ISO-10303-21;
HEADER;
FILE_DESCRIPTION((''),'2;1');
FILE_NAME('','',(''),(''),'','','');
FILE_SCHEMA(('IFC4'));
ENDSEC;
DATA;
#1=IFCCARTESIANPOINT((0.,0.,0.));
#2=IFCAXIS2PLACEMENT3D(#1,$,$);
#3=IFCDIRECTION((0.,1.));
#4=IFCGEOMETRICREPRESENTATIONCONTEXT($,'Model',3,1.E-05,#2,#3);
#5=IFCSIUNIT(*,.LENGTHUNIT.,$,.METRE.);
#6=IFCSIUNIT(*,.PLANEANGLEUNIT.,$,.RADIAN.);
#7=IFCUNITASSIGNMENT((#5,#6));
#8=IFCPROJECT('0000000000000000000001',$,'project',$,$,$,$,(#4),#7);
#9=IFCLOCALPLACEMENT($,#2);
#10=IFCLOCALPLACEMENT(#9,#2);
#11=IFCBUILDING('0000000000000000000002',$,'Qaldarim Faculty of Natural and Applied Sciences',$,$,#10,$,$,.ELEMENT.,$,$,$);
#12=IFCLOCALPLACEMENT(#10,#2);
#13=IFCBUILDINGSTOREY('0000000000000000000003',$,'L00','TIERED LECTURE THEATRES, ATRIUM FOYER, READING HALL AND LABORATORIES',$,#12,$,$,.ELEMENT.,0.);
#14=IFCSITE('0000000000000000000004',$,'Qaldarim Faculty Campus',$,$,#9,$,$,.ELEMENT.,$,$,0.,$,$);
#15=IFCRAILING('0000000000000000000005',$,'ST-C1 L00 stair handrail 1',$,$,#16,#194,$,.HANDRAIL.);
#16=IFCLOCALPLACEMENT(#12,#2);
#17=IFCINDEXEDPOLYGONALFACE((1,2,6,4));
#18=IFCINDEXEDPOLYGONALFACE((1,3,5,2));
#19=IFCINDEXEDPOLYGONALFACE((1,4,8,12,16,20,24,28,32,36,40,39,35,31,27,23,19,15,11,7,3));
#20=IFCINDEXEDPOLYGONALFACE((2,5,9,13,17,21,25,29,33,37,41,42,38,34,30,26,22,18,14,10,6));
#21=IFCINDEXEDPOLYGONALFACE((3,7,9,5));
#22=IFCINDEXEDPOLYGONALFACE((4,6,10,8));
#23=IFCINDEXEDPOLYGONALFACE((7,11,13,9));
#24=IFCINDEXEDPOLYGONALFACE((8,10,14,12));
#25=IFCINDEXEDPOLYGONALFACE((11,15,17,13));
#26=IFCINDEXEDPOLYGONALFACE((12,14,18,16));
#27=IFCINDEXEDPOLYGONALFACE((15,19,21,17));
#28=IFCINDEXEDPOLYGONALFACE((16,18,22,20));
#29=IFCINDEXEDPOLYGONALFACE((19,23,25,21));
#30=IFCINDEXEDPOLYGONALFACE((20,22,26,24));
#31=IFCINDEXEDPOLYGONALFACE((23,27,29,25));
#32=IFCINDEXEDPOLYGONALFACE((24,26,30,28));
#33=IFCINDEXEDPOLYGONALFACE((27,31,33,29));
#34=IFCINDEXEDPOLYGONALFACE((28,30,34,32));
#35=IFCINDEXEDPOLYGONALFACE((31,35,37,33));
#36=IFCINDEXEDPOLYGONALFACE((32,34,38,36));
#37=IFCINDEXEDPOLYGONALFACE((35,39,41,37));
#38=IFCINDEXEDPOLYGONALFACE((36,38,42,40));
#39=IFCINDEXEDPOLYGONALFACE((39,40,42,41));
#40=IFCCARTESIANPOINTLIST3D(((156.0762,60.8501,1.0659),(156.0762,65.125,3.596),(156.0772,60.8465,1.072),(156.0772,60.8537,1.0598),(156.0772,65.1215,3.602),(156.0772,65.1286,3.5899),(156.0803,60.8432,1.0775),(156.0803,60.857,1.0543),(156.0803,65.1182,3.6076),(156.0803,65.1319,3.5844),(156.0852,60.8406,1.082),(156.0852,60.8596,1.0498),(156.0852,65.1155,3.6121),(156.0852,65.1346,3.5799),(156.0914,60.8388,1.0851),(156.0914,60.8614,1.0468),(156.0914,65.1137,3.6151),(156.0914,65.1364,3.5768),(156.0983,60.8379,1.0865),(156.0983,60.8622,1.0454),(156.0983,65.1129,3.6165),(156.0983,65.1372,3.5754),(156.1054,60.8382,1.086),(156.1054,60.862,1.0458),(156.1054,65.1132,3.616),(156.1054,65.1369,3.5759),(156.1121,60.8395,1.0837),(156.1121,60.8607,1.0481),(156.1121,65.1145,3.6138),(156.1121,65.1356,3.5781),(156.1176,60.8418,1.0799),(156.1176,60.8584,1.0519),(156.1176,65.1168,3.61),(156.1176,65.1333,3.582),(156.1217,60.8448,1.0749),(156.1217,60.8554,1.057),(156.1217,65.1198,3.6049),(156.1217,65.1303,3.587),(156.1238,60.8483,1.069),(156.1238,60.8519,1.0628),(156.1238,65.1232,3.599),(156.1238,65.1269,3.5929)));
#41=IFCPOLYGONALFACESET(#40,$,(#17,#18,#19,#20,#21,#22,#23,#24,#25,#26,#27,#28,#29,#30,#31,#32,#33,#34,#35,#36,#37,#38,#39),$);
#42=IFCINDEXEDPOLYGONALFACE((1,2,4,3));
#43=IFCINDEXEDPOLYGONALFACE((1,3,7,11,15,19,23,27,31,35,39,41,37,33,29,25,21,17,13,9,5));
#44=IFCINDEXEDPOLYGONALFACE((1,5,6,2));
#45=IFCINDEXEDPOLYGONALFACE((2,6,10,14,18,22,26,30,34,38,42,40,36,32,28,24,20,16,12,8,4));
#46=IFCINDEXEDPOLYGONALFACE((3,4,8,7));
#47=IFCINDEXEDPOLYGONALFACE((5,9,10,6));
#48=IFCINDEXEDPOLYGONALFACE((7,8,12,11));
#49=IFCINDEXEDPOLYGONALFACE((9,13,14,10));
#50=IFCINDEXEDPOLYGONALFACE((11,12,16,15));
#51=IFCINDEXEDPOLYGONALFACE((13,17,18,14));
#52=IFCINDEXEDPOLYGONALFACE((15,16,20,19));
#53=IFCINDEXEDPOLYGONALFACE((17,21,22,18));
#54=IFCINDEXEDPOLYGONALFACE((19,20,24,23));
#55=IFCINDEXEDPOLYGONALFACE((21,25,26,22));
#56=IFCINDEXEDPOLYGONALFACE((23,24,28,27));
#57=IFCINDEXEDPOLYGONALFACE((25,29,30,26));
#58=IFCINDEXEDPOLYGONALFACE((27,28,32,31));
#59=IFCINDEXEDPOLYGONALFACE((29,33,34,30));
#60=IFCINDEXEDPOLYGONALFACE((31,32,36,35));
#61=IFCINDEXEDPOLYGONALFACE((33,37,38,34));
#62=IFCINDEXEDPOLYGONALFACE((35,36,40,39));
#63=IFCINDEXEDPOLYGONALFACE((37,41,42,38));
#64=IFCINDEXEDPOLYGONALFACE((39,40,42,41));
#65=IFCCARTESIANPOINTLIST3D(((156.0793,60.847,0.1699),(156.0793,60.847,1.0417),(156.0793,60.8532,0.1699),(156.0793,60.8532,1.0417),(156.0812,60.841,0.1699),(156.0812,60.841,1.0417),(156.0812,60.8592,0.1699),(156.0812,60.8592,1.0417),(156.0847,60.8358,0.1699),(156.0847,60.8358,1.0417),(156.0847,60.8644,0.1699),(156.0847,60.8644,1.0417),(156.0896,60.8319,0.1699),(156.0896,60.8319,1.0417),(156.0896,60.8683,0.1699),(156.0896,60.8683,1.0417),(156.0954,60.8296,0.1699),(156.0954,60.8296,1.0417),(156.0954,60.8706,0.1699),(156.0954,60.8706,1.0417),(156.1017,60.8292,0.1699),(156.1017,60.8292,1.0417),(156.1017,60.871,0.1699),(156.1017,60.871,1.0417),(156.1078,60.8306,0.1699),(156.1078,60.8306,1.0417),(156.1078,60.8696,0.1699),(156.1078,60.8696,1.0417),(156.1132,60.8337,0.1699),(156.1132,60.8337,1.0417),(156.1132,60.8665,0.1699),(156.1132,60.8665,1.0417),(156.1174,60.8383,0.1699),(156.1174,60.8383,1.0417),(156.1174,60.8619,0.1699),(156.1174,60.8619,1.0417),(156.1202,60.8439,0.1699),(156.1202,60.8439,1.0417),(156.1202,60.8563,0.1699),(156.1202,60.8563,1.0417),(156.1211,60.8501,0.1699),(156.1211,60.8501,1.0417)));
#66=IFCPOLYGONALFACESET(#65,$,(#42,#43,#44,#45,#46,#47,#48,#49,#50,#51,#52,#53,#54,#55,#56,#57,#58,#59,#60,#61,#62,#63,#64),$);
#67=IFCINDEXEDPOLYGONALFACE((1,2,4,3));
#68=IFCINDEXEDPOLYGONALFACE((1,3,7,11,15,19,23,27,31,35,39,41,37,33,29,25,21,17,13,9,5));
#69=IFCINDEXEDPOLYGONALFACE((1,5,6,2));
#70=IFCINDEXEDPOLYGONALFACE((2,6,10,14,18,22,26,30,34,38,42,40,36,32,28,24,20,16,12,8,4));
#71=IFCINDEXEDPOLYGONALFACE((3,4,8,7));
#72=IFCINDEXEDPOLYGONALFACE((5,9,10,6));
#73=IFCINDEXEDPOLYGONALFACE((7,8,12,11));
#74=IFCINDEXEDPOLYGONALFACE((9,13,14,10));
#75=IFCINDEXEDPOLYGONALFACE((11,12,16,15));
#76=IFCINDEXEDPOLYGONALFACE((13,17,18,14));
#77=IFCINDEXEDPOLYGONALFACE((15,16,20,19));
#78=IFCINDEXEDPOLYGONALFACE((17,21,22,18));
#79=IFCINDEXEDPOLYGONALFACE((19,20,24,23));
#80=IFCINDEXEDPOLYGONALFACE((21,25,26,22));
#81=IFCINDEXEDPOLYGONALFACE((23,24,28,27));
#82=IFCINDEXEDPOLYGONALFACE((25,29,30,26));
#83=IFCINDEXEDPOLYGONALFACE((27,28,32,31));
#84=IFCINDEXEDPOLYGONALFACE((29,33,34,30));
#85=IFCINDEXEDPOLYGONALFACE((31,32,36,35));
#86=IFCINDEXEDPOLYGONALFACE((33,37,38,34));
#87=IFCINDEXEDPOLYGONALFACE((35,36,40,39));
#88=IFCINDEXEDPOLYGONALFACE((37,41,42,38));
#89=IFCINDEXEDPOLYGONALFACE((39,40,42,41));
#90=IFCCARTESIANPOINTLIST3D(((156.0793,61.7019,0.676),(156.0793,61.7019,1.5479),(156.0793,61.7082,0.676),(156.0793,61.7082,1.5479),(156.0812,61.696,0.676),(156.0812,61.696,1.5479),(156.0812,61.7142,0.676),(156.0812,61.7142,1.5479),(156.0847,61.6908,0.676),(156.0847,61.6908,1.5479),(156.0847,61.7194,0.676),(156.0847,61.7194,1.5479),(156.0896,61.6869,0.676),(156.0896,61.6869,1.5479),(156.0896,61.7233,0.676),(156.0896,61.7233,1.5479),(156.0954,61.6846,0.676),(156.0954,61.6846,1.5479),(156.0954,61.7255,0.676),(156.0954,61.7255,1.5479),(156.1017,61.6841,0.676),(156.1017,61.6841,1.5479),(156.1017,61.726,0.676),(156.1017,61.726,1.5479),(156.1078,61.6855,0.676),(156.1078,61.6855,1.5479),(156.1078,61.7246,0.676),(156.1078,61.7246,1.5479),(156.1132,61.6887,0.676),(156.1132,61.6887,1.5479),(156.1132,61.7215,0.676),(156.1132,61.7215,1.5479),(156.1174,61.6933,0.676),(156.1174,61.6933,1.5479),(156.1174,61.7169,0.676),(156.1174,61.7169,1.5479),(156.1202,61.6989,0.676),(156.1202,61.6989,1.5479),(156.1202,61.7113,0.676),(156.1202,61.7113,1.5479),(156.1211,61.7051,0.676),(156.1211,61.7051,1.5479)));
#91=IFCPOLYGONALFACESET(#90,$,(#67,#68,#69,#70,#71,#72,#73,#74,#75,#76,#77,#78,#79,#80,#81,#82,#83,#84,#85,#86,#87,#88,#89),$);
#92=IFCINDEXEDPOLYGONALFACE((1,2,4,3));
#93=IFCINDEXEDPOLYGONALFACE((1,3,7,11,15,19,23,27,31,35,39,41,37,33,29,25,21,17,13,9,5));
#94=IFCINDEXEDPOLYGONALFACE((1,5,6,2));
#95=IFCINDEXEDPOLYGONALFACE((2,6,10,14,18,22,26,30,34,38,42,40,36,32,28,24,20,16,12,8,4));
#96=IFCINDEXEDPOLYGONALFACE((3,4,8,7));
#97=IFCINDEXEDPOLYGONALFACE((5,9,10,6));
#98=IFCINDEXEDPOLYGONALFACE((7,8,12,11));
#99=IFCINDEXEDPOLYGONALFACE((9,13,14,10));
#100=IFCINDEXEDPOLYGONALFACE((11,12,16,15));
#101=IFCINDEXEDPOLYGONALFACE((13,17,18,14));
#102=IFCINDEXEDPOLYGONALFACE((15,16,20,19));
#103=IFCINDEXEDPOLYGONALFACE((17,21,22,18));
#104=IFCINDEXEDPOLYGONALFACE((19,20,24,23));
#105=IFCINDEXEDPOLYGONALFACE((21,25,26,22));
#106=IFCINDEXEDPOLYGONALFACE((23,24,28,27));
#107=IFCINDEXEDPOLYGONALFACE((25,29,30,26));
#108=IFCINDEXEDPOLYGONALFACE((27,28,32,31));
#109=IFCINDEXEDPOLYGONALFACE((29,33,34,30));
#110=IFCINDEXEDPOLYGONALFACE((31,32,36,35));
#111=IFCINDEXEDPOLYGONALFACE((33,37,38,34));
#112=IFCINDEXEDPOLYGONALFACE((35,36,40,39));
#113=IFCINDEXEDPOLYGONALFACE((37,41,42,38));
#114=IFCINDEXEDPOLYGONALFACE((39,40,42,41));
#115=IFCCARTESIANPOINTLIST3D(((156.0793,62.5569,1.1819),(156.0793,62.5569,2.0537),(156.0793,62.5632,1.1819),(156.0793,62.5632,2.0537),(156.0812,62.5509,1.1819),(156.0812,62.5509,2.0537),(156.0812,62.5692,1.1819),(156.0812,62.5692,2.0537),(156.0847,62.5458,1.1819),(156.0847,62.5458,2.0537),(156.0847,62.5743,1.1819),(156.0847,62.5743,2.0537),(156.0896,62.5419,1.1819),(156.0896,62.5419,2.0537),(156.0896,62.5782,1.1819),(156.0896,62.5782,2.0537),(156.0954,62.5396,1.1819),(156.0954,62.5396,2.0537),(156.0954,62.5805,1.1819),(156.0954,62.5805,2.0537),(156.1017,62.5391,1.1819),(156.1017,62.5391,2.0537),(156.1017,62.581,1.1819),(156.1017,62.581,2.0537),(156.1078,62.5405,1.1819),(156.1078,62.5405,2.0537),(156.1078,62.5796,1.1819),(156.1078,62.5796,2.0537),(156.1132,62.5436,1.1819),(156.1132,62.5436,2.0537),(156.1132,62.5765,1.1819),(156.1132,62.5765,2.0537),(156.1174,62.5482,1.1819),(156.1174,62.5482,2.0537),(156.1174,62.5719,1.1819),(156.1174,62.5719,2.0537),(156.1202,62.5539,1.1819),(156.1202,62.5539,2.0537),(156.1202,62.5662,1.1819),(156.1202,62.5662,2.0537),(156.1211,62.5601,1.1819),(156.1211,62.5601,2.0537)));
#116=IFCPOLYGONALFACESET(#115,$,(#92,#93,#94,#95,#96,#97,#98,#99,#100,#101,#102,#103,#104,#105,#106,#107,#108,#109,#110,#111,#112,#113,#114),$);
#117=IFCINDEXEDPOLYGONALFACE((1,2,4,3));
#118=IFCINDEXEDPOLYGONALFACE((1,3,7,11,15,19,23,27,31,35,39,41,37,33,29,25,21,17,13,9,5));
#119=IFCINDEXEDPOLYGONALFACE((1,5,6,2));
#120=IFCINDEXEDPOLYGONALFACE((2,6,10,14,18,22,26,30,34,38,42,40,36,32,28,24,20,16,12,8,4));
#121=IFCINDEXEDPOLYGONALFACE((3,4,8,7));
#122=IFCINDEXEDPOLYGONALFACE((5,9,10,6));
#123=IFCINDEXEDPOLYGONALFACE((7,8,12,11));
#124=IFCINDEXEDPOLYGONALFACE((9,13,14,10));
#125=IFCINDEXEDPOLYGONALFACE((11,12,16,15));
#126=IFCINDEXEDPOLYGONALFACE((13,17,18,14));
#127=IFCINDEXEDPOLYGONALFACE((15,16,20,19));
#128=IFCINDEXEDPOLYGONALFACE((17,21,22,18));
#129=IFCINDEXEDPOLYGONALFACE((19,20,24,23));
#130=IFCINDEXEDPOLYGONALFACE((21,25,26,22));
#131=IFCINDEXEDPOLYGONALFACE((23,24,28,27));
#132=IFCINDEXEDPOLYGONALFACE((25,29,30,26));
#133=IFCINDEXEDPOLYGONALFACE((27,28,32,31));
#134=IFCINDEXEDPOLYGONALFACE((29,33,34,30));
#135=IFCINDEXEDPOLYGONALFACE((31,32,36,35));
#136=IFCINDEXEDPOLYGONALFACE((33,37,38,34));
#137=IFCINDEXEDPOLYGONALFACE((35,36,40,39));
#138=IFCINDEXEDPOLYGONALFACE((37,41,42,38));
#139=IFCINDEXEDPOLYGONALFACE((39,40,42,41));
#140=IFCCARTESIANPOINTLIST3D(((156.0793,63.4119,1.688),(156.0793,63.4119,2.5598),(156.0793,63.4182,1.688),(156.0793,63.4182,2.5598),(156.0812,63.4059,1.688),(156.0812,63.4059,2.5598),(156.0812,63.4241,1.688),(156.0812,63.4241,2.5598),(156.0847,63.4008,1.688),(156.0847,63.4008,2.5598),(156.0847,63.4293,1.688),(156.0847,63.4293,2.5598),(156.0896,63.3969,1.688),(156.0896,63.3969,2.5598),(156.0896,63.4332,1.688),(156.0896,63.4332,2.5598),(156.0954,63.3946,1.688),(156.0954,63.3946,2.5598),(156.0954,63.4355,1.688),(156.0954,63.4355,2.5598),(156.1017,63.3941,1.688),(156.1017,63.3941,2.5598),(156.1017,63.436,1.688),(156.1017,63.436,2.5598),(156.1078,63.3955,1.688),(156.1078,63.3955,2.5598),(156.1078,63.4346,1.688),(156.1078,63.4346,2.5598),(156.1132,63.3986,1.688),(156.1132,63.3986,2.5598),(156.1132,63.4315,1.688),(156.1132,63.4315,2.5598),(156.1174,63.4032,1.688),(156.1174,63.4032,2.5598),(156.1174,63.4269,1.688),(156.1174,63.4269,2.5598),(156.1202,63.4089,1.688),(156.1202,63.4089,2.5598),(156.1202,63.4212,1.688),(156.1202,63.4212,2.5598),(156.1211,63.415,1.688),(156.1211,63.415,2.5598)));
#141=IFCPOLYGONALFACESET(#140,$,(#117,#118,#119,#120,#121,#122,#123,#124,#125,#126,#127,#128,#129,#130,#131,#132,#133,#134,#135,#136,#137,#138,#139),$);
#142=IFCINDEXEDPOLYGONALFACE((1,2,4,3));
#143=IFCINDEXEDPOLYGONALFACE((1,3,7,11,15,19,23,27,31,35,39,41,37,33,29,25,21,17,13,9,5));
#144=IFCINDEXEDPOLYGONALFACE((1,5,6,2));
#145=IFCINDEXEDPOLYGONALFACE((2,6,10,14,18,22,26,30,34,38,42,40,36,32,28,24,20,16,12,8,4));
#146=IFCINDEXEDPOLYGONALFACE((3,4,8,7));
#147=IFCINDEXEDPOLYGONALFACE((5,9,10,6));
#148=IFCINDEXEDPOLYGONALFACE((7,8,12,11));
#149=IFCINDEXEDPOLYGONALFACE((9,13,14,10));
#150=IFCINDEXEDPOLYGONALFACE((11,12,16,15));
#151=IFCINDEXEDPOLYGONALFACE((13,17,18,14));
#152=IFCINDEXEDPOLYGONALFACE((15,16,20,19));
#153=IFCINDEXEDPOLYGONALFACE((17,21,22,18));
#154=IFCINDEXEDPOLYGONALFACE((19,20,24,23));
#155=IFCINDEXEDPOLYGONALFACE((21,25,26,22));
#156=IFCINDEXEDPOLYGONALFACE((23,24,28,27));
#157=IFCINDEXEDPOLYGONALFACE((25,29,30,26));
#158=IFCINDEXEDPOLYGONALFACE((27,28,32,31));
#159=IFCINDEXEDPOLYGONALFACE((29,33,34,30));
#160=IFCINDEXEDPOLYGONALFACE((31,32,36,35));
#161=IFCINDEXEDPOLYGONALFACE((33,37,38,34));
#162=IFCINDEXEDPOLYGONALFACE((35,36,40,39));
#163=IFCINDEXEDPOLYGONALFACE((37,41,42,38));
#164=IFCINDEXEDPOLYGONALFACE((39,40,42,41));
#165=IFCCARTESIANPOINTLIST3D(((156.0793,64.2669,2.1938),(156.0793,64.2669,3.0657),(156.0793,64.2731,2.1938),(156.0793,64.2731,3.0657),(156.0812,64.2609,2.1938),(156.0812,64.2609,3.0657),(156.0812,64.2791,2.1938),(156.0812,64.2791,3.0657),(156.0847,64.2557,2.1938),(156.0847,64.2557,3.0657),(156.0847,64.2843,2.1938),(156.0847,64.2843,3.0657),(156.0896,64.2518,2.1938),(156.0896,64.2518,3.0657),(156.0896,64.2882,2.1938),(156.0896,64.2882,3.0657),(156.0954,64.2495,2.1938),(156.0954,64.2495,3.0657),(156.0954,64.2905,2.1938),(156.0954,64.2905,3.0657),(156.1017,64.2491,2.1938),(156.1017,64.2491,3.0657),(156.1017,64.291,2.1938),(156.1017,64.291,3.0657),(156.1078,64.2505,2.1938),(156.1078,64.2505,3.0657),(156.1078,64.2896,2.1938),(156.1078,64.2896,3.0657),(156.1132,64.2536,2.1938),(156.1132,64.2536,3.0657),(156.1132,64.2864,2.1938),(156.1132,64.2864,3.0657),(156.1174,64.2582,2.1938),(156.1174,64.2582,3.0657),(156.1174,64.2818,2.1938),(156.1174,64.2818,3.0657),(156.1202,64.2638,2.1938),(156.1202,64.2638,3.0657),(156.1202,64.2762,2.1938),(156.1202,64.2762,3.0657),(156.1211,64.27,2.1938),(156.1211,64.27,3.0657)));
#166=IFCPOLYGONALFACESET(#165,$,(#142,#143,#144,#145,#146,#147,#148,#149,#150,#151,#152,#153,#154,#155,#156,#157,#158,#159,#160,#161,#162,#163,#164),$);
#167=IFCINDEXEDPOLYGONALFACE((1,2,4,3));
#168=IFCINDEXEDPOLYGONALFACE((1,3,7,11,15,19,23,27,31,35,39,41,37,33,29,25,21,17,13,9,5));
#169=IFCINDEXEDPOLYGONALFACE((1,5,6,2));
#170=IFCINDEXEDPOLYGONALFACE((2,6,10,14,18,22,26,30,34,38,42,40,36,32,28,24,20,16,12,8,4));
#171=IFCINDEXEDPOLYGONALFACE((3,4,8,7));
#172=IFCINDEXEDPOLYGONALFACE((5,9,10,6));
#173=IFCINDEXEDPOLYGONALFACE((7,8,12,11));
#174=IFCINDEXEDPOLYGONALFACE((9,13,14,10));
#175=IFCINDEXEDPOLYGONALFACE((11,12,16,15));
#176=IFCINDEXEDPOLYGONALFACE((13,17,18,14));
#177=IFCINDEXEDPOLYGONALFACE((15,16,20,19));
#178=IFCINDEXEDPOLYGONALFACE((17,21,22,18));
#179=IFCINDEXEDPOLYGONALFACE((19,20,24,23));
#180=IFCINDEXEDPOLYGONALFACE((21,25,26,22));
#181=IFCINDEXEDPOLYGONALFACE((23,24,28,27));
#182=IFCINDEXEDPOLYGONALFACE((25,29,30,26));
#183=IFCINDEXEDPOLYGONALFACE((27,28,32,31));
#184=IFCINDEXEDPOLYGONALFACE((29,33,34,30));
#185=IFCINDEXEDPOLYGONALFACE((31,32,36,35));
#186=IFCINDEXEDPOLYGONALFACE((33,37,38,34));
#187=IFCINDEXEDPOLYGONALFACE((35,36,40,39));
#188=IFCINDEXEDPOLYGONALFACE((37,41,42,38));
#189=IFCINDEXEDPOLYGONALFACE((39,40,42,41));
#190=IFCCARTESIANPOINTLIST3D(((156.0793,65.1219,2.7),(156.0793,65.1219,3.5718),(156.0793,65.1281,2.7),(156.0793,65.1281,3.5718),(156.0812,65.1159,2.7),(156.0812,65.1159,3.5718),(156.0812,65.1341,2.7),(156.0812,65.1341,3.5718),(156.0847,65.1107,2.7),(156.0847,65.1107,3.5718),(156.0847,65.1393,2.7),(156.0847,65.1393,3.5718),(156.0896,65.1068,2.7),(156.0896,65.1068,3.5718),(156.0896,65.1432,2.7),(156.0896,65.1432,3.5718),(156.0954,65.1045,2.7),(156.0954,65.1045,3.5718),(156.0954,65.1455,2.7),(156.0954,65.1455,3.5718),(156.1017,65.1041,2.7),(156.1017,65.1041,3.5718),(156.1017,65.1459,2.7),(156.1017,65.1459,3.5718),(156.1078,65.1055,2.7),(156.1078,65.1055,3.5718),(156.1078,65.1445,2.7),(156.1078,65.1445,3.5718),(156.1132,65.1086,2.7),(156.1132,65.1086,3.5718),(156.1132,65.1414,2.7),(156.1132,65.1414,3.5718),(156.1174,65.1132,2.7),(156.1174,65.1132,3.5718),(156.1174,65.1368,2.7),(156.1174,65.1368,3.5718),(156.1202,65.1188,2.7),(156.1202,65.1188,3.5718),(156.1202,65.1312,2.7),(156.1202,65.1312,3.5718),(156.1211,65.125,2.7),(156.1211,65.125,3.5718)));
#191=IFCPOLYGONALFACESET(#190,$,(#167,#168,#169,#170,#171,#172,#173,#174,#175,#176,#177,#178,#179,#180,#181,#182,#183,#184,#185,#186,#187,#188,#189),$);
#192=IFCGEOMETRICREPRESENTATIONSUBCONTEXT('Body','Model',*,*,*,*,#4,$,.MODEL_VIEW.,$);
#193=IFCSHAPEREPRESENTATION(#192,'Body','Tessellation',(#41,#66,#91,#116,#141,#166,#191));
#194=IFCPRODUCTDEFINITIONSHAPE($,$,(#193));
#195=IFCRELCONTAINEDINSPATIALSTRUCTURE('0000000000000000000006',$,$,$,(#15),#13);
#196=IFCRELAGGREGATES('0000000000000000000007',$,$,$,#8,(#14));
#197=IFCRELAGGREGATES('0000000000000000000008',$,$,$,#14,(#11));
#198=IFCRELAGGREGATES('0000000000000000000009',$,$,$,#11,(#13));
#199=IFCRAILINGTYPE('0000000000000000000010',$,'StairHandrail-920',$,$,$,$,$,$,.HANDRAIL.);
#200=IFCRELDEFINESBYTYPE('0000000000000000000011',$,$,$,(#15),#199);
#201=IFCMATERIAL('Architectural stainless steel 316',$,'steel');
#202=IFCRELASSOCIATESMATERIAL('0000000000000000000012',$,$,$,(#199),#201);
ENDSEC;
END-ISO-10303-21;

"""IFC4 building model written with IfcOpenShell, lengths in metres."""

from ifc_helpers import new_model, si_unit, direction, frame, origin, origin_2d, place, context, subcontext, project, spatial, circle, extrude, material, type_object, element, save


model = new_model("IFC4")

# Units and contexts
model_context = context("Model", 3, precision=1e-05, world=origin(), true_north=direction((0.0, 1.0)))
body_context = subcontext(model_context, "Body", "Model", "MODEL_VIEW")
ifc_project = project(units=[si_unit("LENGTHUNIT", "METRE"), si_unit("PLANEANGLEUNIT", "RADIAN")], contexts=[model_context])

# Site, building, storey
site_placement = place(None, origin())
site = spatial("IfcSite", under=ifc_project, at=site_placement, Name="Qaldarim Faculty Campus", CompositionType="ELEMENT", RefElevation=0.0)
building_placement = place(site_placement, origin())
building = spatial("IfcBuilding", under=site, at=building_placement, Name="Qaldarim Faculty of Natural and Applied Sciences", CompositionType="ELEMENT")
storey_placement = place(building_placement, origin())
storey = spatial("IfcBuildingStorey", under=building, at=storey_placement, Name="L00", Description="TIERED LECTURE THEATRES, ATRIUM FOYER, READING HALL AND LABORATORIES", CompositionType="ELEMENT", Elevation=0.0)

# Shared definitions
ifc_material_1 = material(Name="Architectural stainless steel 316", Category="steel")

# Railing
railing_type = type_object("IfcRailingType", Name="StairHandrail-920", PredefinedType="HANDRAIL", material=ifc_material_1)
railing_placement = place(storey_placement, frame((156.1001, 60.8501, 0.1699)))
element("IfcRailing", 1, at=railing_placement, inside=storey, type_object=railing_type, Name="ST-C1 L00 stair handrail 1", PredefinedType="HANDRAIL", context=body_context, shape_type="SweptSolid", body=[
    extrude(circle(Radius=0.0239, at=origin_2d()), frame((0.0, 0.0, 0.896), z_axis=(0.0, 0.860578, 0.509319), x_axis=(-1.0, 0.0, 0.0)), (0.0, 0.0, 1.0), 4.9675),
    extrude(circle(Radius=0.021, at=origin_2d()), origin(), (0.0, 0.0, 1.0), 0.8718),
    extrude(circle(Radius=0.021, at=origin_2d()), frame((0.0, 0.855, 0.5061)), (0.0, 0.0, 1.0), 0.8718),
    extrude(circle(Radius=0.021, at=origin_2d()), frame((0.0, 1.71, 1.012)), (0.0, 0.0, 1.0), 0.8718),
    extrude(circle(Radius=0.021, at=origin_2d()), frame((0.0, 2.5649, 1.5181)), (0.0, 0.0, 1.0), 0.8718),
    extrude(circle(Radius=0.021, at=origin_2d()), frame((0.0, 3.4199, 2.0239)), (0.0, 0.0, 1.0), 0.8718),
    extrude(circle(Radius=0.021, at=origin_2d()), frame((0.0, 4.2749, 2.53)), (0.0, 0.0, 1.0), 0.8718),
])

save(model, "model.ifc")
